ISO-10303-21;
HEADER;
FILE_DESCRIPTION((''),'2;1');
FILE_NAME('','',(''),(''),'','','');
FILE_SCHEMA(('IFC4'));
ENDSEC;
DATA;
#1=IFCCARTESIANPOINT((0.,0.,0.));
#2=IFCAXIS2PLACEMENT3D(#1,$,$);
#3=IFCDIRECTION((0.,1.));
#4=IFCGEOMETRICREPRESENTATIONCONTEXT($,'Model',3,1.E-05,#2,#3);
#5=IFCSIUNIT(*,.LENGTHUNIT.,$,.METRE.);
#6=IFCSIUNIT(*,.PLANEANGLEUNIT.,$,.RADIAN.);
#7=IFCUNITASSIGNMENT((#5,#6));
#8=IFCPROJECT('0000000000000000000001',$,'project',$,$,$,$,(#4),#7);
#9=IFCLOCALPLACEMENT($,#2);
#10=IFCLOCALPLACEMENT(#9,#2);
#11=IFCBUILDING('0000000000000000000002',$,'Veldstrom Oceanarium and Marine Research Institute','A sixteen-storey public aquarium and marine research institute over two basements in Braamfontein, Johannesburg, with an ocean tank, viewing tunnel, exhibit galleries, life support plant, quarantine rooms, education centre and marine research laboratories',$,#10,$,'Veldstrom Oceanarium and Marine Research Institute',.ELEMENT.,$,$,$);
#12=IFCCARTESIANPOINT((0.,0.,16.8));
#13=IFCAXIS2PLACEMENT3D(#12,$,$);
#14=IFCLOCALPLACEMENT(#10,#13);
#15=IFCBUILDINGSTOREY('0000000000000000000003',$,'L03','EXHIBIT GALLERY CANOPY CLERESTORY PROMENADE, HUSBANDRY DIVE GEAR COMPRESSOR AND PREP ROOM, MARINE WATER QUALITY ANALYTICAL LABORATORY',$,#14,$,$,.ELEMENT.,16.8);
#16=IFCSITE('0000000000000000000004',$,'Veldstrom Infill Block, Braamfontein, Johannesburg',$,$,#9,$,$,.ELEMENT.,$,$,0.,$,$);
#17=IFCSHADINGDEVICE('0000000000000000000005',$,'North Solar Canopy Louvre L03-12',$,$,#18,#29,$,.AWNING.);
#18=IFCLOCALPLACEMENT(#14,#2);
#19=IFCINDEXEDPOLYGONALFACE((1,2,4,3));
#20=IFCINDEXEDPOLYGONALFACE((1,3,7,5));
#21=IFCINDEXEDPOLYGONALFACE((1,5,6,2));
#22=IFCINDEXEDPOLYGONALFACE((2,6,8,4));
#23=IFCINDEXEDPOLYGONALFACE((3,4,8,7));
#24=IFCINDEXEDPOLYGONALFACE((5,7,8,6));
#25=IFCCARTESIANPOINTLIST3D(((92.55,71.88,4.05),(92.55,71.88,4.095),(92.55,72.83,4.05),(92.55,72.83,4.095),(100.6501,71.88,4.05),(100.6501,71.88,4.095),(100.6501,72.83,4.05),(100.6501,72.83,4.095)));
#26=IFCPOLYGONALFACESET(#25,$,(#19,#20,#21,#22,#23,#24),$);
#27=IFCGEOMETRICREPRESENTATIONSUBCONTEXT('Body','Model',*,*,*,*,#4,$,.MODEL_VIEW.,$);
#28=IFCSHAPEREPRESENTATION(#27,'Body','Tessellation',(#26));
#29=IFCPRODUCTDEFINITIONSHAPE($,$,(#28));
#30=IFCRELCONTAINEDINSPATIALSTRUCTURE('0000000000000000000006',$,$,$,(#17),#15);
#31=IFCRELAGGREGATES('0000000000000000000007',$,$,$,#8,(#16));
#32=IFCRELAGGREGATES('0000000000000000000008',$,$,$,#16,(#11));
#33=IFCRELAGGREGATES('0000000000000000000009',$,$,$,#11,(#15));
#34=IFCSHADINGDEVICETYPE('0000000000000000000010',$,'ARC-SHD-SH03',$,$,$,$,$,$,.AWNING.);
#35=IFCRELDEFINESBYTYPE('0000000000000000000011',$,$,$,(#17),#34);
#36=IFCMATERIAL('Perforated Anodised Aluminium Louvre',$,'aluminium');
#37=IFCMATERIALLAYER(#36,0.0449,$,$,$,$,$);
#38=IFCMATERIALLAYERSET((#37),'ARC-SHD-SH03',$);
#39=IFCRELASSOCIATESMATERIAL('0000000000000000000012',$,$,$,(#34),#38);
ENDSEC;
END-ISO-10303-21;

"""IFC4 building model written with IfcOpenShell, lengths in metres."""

from ifc_helpers import new_model, si_unit, direction, frame, origin, origin_2d, place, context, subcontext, project, spatial, rectangle, extrude, material, layer, layer_set, type_object, element, save


model = new_model("IFC4")

# Units and contexts
model_context = context("Model", 3, precision=1e-05, world=origin(), true_north=direction((0.0, 1.0)))
body_context = subcontext(model_context, "Body", "Model", "MODEL_VIEW")
ifc_project = project(units=[si_unit("LENGTHUNIT", "METRE"), si_unit("PLANEANGLEUNIT", "RADIAN")], contexts=[model_context])

# Site, building, storey
site_placement = place(None, origin())
site = spatial("IfcSite", under=ifc_project, at=site_placement, Name="Veldstrom Infill Block, Braamfontein, Johannesburg", CompositionType="ELEMENT", RefElevation=0.0)
building_placement = place(site_placement, origin())
building = spatial("IfcBuilding", under=site, at=building_placement, Name="Veldstrom Oceanarium and Marine Research Institute", Description="A sixteen-storey public aquarium and marine research institute over two basements in Braamfontein, Johannesburg, with an ocean tank, viewing tunnel, exhibit galleries, life support plant, quarantine rooms, education centre and marine research laboratories", LongName="Veldstrom Oceanarium and Marine Research Institute", CompositionType="ELEMENT")
storey_placement = place(building_placement, frame((0.0, 0.0, 16.8)))
storey = spatial("IfcBuildingStorey", under=building, at=storey_placement, Name="L03", Description="EXHIBIT GALLERY CANOPY CLERESTORY PROMENADE, HUSBANDRY DIVE GEAR COMPRESSOR AND PREP ROOM, MARINE WATER QUALITY ANALYTICAL LABORATORY", CompositionType="ELEMENT", Elevation=16.8)

# Shading device
ifc_material_1 = material(Name="Perforated Anodised Aluminium Louvre", Category="aluminium")
ifc_layer_1 = layer(ifc_material_1, 0.0449)
ifc_layer_set_1 = layer_set([ifc_layer_1], Name="ARC-SHD-SH03")
shading_device_type = type_object("IfcShadingDeviceType", Name="ARC-SHD-SH03", PredefinedType="AWNING", material=ifc_layer_set_1)
shading_device_placement = place(storey_placement, frame((96.6001, 72.355, 4.05), z_axis=(0.0, 0.0, 1.0), x_axis=(1.0, 0.0, 0.0)))
element("IfcShadingDevice", 1, at=shading_device_placement, inside=storey, type_object=shading_device_type, Name="North Solar Canopy Louvre L03-12", PredefinedType="AWNING", context=body_context, shape_type="SweptSolid", body=[
    extrude(rectangle(XDim=8.1001, YDim=0.95, at=origin_2d()), origin(), (0.0, 0.0, 1.0), 0.0449),
])

save(model, "model.ifc")
